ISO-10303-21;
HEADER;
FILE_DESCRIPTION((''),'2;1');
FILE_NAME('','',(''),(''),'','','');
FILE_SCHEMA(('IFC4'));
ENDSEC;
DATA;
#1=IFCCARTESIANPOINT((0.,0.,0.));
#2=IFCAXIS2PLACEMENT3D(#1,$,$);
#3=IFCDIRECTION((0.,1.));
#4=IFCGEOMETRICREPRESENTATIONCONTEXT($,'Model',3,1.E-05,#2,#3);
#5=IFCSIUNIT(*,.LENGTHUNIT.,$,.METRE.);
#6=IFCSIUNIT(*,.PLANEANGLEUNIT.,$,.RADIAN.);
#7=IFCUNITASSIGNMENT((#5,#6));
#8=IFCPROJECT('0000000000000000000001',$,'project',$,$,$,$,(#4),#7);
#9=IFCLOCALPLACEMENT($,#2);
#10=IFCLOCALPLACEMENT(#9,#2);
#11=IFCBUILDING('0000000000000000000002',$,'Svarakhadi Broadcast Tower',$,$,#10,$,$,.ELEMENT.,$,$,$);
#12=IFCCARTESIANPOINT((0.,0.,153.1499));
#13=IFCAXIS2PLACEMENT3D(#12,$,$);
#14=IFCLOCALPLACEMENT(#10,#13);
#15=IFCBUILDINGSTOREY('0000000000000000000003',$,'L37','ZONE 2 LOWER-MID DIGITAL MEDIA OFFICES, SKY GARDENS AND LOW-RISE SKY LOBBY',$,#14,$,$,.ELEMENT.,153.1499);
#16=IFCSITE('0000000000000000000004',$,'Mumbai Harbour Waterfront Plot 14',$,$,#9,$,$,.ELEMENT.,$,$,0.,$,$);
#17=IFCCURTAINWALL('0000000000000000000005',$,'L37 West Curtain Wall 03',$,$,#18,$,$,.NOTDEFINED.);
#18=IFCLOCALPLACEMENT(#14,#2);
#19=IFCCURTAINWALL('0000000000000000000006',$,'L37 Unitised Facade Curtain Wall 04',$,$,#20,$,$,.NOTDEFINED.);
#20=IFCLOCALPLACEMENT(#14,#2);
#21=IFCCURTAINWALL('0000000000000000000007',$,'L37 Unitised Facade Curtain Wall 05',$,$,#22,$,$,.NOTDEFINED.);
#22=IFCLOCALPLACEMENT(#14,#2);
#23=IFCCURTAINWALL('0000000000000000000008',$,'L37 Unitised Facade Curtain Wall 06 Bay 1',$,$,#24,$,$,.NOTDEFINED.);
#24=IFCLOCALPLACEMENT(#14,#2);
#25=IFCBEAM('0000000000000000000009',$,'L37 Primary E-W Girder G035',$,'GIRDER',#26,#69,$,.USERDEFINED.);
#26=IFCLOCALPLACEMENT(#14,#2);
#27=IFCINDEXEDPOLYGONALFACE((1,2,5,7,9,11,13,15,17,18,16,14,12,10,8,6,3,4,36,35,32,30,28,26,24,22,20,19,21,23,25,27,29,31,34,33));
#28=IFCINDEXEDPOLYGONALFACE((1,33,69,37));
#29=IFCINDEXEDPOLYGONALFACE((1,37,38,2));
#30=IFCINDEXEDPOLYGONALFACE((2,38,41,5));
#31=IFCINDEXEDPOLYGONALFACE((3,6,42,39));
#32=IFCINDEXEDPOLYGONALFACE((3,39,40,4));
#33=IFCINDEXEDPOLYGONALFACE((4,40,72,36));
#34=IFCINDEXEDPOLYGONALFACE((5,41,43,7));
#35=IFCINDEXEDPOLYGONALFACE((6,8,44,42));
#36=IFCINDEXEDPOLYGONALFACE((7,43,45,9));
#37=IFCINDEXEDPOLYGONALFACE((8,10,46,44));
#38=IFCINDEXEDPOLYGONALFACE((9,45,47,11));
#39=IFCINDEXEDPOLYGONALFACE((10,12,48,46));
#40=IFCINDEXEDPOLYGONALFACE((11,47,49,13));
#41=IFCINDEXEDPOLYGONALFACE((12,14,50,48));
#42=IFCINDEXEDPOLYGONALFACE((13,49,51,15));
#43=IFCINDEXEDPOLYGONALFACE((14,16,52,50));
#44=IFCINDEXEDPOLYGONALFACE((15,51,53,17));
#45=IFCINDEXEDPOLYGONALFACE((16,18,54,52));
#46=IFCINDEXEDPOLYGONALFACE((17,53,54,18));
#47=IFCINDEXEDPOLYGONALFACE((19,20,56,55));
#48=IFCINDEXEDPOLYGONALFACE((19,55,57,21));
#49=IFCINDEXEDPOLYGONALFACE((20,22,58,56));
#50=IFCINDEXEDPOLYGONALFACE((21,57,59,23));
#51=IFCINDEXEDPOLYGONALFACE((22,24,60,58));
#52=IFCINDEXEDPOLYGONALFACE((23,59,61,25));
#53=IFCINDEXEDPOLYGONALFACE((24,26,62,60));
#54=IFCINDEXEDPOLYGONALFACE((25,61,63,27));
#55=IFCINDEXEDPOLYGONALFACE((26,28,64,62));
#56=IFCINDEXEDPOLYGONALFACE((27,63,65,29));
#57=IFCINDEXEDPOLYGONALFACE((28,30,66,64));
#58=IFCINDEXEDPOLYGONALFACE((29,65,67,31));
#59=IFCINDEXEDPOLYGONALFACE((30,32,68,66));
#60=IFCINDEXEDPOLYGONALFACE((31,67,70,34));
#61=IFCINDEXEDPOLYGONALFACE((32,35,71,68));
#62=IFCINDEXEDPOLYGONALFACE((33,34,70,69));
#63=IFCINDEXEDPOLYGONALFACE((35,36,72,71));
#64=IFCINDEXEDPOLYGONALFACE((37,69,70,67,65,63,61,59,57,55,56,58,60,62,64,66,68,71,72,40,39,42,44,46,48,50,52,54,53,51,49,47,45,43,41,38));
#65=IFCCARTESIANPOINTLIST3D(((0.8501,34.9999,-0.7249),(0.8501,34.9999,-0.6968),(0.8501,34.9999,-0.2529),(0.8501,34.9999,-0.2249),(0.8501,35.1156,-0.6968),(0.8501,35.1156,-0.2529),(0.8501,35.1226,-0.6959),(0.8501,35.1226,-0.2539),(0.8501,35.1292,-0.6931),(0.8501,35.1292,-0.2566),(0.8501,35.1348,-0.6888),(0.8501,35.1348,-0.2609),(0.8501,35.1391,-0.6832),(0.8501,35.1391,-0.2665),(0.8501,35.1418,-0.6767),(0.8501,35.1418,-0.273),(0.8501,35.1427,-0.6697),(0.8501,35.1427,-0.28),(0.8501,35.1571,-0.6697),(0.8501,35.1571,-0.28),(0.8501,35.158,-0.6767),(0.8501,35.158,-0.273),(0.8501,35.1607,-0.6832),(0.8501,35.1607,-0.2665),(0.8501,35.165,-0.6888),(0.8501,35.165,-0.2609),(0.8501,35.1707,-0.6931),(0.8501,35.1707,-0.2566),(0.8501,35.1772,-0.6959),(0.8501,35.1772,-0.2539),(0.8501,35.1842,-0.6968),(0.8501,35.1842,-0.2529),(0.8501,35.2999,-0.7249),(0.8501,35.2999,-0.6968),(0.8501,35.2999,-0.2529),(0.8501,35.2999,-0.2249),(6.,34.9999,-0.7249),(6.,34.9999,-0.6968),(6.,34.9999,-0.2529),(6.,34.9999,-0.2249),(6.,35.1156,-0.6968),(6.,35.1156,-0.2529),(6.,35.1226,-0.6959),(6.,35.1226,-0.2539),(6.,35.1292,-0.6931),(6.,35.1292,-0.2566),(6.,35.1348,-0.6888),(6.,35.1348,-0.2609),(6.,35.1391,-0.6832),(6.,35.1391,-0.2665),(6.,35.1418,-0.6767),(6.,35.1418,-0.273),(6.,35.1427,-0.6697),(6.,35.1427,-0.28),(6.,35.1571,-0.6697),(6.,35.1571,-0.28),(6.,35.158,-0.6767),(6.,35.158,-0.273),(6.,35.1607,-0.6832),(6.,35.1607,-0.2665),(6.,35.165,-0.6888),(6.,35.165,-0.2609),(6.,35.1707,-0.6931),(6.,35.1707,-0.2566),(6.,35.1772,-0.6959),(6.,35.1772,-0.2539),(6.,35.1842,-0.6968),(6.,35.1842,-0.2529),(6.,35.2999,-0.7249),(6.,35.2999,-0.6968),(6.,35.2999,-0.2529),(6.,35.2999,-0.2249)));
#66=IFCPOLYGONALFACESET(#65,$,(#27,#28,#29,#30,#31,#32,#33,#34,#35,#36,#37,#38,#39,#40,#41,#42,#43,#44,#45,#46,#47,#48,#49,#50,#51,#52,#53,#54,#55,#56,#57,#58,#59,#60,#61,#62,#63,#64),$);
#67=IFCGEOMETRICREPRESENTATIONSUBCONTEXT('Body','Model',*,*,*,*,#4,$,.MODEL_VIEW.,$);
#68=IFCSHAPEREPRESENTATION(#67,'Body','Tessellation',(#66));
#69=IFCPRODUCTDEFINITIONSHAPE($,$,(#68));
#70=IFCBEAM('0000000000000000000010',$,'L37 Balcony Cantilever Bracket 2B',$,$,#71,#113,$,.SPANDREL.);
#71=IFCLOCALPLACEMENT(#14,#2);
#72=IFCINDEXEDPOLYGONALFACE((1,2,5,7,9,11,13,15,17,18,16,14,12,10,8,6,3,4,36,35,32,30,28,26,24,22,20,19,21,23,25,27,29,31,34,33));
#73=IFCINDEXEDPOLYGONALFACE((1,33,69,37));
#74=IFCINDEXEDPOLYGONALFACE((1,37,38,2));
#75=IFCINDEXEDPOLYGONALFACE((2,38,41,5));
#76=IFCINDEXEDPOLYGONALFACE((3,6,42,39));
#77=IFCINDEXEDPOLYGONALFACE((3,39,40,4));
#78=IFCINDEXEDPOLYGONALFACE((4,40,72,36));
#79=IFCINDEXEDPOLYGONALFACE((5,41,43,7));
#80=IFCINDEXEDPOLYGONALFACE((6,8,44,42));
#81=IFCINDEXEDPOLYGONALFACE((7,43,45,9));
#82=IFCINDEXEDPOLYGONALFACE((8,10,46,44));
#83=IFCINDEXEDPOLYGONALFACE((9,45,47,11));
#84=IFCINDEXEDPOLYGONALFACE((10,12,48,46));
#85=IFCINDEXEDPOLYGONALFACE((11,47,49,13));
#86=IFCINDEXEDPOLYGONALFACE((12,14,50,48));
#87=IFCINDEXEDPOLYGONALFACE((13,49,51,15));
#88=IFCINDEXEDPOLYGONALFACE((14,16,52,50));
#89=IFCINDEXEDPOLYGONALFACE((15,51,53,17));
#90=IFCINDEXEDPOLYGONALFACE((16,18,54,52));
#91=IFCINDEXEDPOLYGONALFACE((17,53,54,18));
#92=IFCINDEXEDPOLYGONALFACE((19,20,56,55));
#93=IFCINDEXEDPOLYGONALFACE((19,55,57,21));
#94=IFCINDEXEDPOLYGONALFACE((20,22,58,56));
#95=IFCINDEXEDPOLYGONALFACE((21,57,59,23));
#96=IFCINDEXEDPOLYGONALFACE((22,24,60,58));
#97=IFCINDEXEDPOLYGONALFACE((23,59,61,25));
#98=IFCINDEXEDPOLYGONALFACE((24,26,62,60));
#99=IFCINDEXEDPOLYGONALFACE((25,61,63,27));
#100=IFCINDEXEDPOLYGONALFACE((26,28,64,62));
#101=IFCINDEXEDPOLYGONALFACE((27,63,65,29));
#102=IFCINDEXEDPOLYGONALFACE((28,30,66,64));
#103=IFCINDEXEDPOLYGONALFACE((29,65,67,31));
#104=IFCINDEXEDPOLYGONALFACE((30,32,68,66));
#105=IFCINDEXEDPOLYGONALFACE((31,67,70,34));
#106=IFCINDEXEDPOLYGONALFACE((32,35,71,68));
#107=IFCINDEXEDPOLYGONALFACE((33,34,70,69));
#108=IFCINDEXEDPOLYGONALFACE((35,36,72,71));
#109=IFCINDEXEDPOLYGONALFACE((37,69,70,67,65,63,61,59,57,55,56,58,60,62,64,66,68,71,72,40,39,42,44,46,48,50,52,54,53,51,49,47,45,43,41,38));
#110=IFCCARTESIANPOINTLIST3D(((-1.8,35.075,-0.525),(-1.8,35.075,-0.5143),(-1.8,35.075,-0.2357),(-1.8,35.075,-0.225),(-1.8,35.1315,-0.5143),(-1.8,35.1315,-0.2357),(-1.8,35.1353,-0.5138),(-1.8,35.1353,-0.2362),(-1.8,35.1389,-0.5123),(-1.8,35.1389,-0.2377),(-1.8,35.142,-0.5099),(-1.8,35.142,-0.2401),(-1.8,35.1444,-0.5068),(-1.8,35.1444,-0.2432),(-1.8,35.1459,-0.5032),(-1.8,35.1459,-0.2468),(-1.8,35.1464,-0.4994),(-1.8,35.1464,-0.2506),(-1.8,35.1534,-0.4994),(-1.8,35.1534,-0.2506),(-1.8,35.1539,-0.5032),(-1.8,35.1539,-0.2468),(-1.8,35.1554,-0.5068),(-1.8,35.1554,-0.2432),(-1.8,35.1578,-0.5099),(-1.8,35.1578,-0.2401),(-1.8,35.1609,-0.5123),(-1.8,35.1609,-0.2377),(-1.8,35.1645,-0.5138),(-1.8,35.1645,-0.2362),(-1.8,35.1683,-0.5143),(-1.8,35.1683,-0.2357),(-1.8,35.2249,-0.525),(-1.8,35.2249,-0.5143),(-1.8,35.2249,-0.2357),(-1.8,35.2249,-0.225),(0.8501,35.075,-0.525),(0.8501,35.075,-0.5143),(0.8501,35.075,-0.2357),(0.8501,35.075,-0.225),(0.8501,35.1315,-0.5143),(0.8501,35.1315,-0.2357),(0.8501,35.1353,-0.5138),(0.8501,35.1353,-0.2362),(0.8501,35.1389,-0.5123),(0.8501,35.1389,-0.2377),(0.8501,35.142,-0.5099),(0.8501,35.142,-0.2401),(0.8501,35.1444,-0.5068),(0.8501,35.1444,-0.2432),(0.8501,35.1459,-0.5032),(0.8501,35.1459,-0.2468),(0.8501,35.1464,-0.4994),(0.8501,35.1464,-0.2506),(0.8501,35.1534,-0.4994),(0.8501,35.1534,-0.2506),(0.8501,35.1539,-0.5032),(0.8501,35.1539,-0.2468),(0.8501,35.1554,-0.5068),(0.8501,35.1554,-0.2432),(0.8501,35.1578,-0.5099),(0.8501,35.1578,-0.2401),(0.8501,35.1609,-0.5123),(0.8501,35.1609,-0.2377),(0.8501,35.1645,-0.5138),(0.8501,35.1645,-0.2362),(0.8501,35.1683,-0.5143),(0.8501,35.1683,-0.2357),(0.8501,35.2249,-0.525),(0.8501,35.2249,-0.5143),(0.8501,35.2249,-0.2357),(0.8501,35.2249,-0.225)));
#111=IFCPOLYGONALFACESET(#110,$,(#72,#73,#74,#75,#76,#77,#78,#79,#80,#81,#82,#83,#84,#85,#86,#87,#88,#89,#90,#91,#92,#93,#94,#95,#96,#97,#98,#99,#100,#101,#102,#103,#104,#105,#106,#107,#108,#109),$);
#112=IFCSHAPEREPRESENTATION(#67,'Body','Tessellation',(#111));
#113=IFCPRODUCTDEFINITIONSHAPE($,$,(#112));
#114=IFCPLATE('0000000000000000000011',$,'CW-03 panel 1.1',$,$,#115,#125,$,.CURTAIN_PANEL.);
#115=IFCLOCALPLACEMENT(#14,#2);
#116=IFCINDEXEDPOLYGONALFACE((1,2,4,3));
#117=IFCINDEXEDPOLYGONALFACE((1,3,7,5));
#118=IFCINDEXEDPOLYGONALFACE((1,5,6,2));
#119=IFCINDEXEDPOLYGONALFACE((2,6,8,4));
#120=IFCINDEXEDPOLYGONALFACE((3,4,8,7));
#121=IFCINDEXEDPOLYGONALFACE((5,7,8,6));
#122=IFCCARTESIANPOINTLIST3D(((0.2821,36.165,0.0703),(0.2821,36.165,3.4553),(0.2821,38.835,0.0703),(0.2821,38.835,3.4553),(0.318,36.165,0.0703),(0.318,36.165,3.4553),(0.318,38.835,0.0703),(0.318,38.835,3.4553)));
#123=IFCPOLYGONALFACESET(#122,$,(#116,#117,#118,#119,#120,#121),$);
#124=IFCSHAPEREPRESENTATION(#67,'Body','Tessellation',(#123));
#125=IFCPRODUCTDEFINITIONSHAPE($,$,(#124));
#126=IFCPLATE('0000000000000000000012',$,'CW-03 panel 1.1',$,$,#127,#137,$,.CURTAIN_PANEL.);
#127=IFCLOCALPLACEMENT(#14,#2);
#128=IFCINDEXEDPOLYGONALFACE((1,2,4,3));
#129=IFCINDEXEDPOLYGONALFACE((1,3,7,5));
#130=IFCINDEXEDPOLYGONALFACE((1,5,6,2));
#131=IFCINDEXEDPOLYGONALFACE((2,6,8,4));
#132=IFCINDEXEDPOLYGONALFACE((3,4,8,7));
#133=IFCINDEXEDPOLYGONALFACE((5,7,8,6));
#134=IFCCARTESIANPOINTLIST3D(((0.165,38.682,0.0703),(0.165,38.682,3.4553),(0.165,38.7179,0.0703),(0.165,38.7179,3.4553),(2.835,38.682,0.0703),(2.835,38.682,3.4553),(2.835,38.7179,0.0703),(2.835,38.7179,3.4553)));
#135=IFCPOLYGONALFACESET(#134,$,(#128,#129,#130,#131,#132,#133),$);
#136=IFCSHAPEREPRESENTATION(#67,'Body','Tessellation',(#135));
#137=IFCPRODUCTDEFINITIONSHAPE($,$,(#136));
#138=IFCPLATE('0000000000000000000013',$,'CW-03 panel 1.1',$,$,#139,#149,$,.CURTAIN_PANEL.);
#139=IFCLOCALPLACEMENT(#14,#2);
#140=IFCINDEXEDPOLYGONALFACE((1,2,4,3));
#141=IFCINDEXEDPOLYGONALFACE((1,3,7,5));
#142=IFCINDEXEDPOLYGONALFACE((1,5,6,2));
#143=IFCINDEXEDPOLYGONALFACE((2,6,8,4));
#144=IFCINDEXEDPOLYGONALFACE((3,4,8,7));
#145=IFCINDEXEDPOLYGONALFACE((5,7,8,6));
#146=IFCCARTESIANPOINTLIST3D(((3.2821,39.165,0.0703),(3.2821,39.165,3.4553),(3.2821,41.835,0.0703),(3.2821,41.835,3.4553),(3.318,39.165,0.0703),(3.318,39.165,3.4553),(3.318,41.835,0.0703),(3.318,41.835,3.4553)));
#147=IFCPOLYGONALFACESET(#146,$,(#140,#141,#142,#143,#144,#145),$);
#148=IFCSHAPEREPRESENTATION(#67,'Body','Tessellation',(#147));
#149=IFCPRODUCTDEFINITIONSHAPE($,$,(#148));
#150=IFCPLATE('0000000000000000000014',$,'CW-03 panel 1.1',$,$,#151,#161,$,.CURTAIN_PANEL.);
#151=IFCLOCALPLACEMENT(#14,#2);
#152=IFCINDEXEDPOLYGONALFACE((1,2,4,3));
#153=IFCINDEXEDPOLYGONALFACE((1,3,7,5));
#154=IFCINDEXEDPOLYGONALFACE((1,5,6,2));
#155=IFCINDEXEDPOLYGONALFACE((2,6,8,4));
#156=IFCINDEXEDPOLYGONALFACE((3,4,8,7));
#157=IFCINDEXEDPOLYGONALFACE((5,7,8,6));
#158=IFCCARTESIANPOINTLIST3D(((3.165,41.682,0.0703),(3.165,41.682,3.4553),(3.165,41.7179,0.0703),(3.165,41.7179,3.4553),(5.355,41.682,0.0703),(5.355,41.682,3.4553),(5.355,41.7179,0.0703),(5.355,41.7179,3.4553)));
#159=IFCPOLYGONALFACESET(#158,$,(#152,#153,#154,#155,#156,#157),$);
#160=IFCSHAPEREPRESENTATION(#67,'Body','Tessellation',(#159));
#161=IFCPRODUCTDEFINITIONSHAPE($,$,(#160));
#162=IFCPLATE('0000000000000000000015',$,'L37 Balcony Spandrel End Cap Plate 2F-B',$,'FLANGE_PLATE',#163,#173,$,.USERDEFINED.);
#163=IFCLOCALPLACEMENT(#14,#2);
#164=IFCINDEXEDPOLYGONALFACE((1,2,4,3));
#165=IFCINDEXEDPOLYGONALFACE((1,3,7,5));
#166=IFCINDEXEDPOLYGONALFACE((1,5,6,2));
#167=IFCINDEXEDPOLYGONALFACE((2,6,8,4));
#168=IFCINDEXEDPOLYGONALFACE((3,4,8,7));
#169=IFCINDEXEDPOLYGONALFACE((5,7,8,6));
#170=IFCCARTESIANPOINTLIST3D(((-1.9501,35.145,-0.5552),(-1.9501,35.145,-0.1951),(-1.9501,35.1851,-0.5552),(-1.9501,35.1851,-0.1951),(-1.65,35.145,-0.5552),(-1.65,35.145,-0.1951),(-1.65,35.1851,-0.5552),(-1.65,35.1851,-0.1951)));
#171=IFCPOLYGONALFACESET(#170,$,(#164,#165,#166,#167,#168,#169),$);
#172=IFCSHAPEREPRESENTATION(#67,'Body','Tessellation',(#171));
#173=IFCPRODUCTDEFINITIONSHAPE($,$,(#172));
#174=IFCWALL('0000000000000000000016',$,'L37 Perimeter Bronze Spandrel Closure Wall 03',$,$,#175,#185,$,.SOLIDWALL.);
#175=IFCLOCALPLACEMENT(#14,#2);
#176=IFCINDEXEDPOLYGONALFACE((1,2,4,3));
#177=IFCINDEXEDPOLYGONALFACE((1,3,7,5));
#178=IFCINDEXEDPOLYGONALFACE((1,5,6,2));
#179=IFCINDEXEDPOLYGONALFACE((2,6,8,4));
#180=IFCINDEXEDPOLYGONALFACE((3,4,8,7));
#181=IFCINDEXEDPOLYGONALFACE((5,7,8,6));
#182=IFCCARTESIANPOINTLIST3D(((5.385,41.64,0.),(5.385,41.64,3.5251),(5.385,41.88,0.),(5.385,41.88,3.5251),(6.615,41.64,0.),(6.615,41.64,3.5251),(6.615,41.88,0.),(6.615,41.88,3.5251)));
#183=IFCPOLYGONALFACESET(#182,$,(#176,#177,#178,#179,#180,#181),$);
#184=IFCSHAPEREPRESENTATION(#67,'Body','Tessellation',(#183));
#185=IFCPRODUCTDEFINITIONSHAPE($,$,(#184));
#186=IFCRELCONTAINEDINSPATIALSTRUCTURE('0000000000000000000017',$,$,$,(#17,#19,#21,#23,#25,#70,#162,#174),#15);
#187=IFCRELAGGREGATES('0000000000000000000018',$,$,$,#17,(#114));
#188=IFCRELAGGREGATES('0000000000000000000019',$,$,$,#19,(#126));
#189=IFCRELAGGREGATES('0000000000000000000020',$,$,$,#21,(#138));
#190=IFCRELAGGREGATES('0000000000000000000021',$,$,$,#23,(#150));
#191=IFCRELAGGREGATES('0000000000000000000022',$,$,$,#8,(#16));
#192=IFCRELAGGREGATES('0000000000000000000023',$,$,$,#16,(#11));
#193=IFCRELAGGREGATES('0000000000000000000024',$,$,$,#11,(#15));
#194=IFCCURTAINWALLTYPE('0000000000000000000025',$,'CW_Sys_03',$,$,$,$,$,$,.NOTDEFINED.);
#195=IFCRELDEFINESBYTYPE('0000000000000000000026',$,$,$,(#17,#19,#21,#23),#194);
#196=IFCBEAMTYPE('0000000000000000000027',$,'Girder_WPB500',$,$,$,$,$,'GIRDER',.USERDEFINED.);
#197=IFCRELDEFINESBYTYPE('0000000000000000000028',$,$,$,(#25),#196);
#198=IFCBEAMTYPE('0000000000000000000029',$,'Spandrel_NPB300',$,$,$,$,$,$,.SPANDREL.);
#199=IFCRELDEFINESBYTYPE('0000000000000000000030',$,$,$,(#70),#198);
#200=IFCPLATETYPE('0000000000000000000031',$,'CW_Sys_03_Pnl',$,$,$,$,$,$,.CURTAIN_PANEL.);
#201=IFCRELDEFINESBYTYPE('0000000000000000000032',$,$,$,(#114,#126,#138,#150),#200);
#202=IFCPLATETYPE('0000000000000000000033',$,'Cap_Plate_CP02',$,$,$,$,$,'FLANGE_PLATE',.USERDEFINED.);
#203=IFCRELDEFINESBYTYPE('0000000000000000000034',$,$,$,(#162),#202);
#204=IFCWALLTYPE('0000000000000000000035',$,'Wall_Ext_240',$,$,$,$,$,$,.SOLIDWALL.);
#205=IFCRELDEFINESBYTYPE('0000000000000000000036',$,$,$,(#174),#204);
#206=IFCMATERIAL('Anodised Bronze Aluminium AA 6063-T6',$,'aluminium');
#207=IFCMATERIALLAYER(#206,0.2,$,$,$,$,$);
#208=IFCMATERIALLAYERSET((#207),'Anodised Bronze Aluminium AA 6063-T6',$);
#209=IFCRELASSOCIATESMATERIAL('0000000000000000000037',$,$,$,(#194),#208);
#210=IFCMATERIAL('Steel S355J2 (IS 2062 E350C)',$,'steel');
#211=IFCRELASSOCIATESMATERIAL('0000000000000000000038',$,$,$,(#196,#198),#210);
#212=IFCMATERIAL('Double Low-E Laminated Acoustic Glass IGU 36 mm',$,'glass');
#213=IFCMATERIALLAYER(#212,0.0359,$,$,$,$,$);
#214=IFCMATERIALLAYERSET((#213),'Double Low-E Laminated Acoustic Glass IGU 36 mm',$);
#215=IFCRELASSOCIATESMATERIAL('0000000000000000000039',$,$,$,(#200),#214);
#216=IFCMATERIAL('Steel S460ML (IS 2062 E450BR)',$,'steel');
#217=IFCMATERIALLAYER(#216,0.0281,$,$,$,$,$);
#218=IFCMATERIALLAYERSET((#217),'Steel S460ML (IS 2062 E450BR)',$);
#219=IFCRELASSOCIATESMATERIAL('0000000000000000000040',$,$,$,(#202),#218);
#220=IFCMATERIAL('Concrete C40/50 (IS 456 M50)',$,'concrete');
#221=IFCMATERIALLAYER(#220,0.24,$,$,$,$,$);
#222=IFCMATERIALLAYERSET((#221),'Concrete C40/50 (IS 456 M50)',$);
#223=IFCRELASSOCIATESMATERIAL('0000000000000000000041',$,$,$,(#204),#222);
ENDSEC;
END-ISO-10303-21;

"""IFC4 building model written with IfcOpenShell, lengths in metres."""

from ifc_helpers import new_model, si_unit, direction, frame, frame_2d, origin, origin_2d, place, context, subcontext, project, spatial, rectangle, i_section, extrude, material, layer, layer_set, material_profile, profile_set, type_object, element, aggregate, save


model = new_model("IFC4")

# Units and contexts
model_context = context("Model", 3, precision=1e-05, world=origin(), true_north=direction((0.0, 1.0)))
body_context = subcontext(model_context, "Body", "Model", "MODEL_VIEW")
ifc_project = project(units=[si_unit("LENGTHUNIT", "METRE"), si_unit("PLANEANGLEUNIT", "RADIAN")], contexts=[model_context])

# Site, building, storey
site_placement = place(None, origin())
site = spatial("IfcSite", under=ifc_project, at=site_placement, Name="Mumbai Harbour Waterfront Plot 14", CompositionType="ELEMENT", RefElevation=0.0)
building_placement = place(site_placement, origin())
building = spatial("IfcBuilding", under=site, at=building_placement, Name="Svarakhadi Broadcast Tower", CompositionType="ELEMENT")
storey_placement = place(building_placement, frame((0.0, 0.0, 153.1499)))
storey = spatial("IfcBuildingStorey", under=building, at=storey_placement, Name="L37", Description="ZONE 2 LOWER-MID DIGITAL MEDIA OFFICES, SKY GARDENS AND LOW-RISE SKY LOBBY", CompositionType="ELEMENT", Elevation=153.1499)

# Shared definitions
ifc_material_1 = material(Name="Steel S460ML (IS 2062 E450BR)", Category="steel")

# Curtain walls
ifc_material_2 = material(Name="Anodised Bronze Aluminium AA 6063-T6", Category="aluminium")
ifc_layer_1 = layer(ifc_material_2, 0.2)
ifc_layer_set_1 = layer_set([ifc_layer_1], Name="Anodised Bronze Aluminium AA 6063-T6")
curtain_wall_type = type_object("IfcCurtainWallType", Name="CW_Sys_03", PredefinedType="NOTDEFINED", material=ifc_layer_set_1)
curtain_wall_1_placement = place(storey_placement, origin())
curtain_wall_1 = element("IfcCurtainWall", 1, at=curtain_wall_1_placement, inside=storey, type_object=curtain_wall_type, Name="L37 West Curtain Wall 03", PredefinedType="NOTDEFINED")
curtain_wall_2_placement = place(storey_placement, origin())
curtain_wall_2 = element("IfcCurtainWall", 2, at=curtain_wall_2_placement, inside=storey, type_object=curtain_wall_type, Name="L37 Unitised Facade Curtain Wall 04", PredefinedType="NOTDEFINED")
curtain_wall_3_placement = place(storey_placement, origin())
curtain_wall_3 = element("IfcCurtainWall", 3, at=curtain_wall_3_placement, inside=storey, type_object=curtain_wall_type, Name="L37 Unitised Facade Curtain Wall 05", PredefinedType="NOTDEFINED")
curtain_wall_4_placement = place(storey_placement, origin())
curtain_wall_4 = element("IfcCurtainWall", 4, at=curtain_wall_4_placement, inside=storey, type_object=curtain_wall_type, Name="L37 Unitised Facade Curtain Wall 06 Bay 1", PredefinedType="NOTDEFINED")

# Beams
ifc_material_3 = material(Name="Steel S355J2 (IS 2062 E350C)", Category="steel")
ifc_material_profile_1 = material_profile(ifc_material_3, i_section(OverallWidth=0.3, OverallDepth=0.5, WebThickness=0.0144, FlangeThickness=0.0281, FilletRadius=0.0271, at=origin_2d()), Name="WPB 500x300x187")
ifc_profile_set_1 = profile_set([ifc_material_profile_1], Name="Steel S355J2 (IS 2062 E350C)")
beam_type_1 = type_object("IfcBeamType", Name="Girder_WPB500", ElementType="GIRDER", PredefinedType="USERDEFINED", material=ifc_profile_set_1)
beam_1_placement = place(storey_placement, frame((0.8501, 35.1499, -0.4749), z_axis=(1.0, 0.0, 0.0), x_axis=(0.0, 1.0, 0.0)))
element("IfcBeam", 5, at=beam_1_placement, inside=storey, type_object=beam_type_1, Name="L37 Primary E-W Girder G035", ObjectType="GIRDER", PredefinedType="USERDEFINED", context=body_context, shape_type="SweptSolid", body=[
    extrude(i_section(OverallWidth=0.3, OverallDepth=0.5, WebThickness=0.0144, FlangeThickness=0.0281, FilletRadius=0.0271, at=origin_2d()), origin(), (0.0, 0.0, 1.0), 5.1499),
])
ifc_material_profile_2 = material_profile(ifc_material_3, i_section(OverallWidth=0.1499, OverallDepth=0.3, WebThickness=0.0071, FlangeThickness=0.0107, FilletRadius=0.0149, at=origin_2d()), Name="NPB 300x150x37")
ifc_profile_set_2 = profile_set([ifc_material_profile_2], Name="Steel S355J2 (IS 2062 E350C)")
beam_type_2 = type_object("IfcBeamType", Name="Spandrel_NPB300", PredefinedType="SPANDREL", material=ifc_profile_set_2)
beam_2_placement = place(storey_placement, frame((0.8501, 35.1499, -0.375), z_axis=(-1.0, 0.0, 0.0), x_axis=(0.0, -1.0, 0.0)))
element("IfcBeam", 6, at=beam_2_placement, inside=storey, type_object=beam_type_2, Name="L37 Balcony Cantilever Bracket 2B", PredefinedType="SPANDREL", context=body_context, shape_type="SweptSolid", body=[
    extrude(i_section(OverallWidth=0.1499, OverallDepth=0.3, WebThickness=0.0071, FlangeThickness=0.0107, FilletRadius=0.0149, at=origin_2d()), origin(), (0.0, 0.0, 1.0), 2.6501),
])

# Plates
ifc_material_4 = material(Name="Double Low-E Laminated Acoustic Glass IGU 36 mm", Category="glass")
ifc_layer_2 = layer(ifc_material_4, 0.0359)
ifc_layer_set_2 = layer_set([ifc_layer_2], Name="Double Low-E Laminated Acoustic Glass IGU 36 mm")
plate_type_1 = type_object("IfcPlateType", Name="CW_Sys_03_Pnl", PredefinedType="CURTAIN_PANEL", material=ifc_layer_set_2)
plate_1_placement = place(storey_placement, frame((0.3, 37.5, 0.0703), z_axis=(0.0, 0.0, 1.0), x_axis=(0.0, 1.0, 0.0)))
plate_1 = element("IfcPlate", 7, at=plate_1_placement, type_object=plate_type_1, Name="CW-03 panel 1.1", PredefinedType="CURTAIN_PANEL", context=body_context, shape_type="SweptSolid", body=[
    extrude(rectangle(XDim=2.6699, YDim=0.0359, at=origin_2d()), origin(), (0.0, 0.0, 1.0), 3.385),
])
aggregate(curtain_wall_1, [plate_1])
plate_2_placement = place(storey_placement, frame((1.5, 38.7, 0.0703), z_axis=(0.0, 0.0, 1.0), x_axis=(1.0, 0.0, 0.0)))
plate_2 = element("IfcPlate", 8, at=plate_2_placement, type_object=plate_type_1, Name="CW-03 panel 1.1", PredefinedType="CURTAIN_PANEL", context=body_context, shape_type="SweptSolid", body=[
    extrude(rectangle(XDim=2.6699, YDim=0.0359, at=origin_2d()), origin(), (0.0, 0.0, 1.0), 3.385),
])
aggregate(curtain_wall_2, [plate_2])
plate_3_placement = place(storey_placement, frame((3.3, 40.5, 0.0703), z_axis=(0.0, 0.0, 1.0), x_axis=(0.0, 1.0, 0.0)))
plate_3 = element("IfcPlate", 9, at=plate_3_placement, type_object=plate_type_1, Name="CW-03 panel 1.1", PredefinedType="CURTAIN_PANEL", context=body_context, shape_type="SweptSolid", body=[
    extrude(rectangle(XDim=2.6699, YDim=0.0359, at=origin_2d()), origin(), (0.0, 0.0, 1.0), 3.385),
])
aggregate(curtain_wall_3, [plate_3])
plate_4_placement = place(storey_placement, frame((4.26, 41.7, 0.0703), z_axis=(0.0, 0.0, 1.0), x_axis=(1.0, 0.0, 0.0)))
plate_4 = element("IfcPlate", 10, at=plate_4_placement, type_object=plate_type_1, Name="CW-03 panel 1.1", PredefinedType="CURTAIN_PANEL", context=body_context, shape_type="SweptSolid", body=[
    extrude(rectangle(XDim=2.1899, YDim=0.0359, at=origin_2d()), origin(), (0.0, 0.0, 1.0), 3.385),
])
aggregate(curtain_wall_4, [plate_4])
ifc_layer_3 = layer(ifc_material_1, 0.0281)
ifc_layer_set_3 = layer_set([ifc_layer_3], Name="Steel S460ML (IS 2062 E450BR)")
plate_type_2 = type_object("IfcPlateType", Name="Cap_Plate_CP02", ElementType="FLANGE_PLATE", PredefinedType="USERDEFINED", material=ifc_layer_set_3)
plate_5_placement = place(storey_placement, frame((-1.8, 35.165, -0.5552), z_axis=(0.0, 0.0, 1.0), x_axis=(1.0, 0.0, 0.0)))
element("IfcPlate", 11, at=plate_5_placement, inside=storey, type_object=plate_type_2, Name="L37 Balcony Spandrel End Cap Plate 2F-B", ObjectType="FLANGE_PLATE", PredefinedType="USERDEFINED", context=body_context, shape_type="SweptSolid", body=[
    extrude(rectangle(XDim=0.3, YDim=0.04, at=origin_2d()), origin(), (0.0, 0.0, 1.0), 0.3601),
])

# Wall
ifc_material_5 = material(Name="Concrete C40/50 (IS 456 M50)", Category="concrete")
ifc_layer_4 = layer(ifc_material_5, 0.24)
ifc_layer_set_4 = layer_set([ifc_layer_4], Name="Concrete C40/50 (IS 456 M50)")
wall_type_1 = type_object("IfcWallType", Name="Wall_Ext_240", PredefinedType="SOLIDWALL", material=ifc_layer_set_4)
wall_1_placement = place(storey_placement, frame((5.385, 41.76, 0.0), z_axis=(0.0, 0.0, 1.0), x_axis=(1.0, 0.0, 0.0)))
element("IfcWall", 12, at=wall_1_placement, inside=storey, type_object=wall_type_1, Name="L37 Perimeter Bronze Spandrel Closure Wall 03", PredefinedType="SOLIDWALL", context=body_context, shape_type="SweptSolid", body=[
    extrude(rectangle(XDim=1.23, YDim=0.24, at=frame_2d((0.615, 0.0))), origin(), (0.0, 0.0, 1.0), 3.5251),
])

save(model, "model.ifc")
